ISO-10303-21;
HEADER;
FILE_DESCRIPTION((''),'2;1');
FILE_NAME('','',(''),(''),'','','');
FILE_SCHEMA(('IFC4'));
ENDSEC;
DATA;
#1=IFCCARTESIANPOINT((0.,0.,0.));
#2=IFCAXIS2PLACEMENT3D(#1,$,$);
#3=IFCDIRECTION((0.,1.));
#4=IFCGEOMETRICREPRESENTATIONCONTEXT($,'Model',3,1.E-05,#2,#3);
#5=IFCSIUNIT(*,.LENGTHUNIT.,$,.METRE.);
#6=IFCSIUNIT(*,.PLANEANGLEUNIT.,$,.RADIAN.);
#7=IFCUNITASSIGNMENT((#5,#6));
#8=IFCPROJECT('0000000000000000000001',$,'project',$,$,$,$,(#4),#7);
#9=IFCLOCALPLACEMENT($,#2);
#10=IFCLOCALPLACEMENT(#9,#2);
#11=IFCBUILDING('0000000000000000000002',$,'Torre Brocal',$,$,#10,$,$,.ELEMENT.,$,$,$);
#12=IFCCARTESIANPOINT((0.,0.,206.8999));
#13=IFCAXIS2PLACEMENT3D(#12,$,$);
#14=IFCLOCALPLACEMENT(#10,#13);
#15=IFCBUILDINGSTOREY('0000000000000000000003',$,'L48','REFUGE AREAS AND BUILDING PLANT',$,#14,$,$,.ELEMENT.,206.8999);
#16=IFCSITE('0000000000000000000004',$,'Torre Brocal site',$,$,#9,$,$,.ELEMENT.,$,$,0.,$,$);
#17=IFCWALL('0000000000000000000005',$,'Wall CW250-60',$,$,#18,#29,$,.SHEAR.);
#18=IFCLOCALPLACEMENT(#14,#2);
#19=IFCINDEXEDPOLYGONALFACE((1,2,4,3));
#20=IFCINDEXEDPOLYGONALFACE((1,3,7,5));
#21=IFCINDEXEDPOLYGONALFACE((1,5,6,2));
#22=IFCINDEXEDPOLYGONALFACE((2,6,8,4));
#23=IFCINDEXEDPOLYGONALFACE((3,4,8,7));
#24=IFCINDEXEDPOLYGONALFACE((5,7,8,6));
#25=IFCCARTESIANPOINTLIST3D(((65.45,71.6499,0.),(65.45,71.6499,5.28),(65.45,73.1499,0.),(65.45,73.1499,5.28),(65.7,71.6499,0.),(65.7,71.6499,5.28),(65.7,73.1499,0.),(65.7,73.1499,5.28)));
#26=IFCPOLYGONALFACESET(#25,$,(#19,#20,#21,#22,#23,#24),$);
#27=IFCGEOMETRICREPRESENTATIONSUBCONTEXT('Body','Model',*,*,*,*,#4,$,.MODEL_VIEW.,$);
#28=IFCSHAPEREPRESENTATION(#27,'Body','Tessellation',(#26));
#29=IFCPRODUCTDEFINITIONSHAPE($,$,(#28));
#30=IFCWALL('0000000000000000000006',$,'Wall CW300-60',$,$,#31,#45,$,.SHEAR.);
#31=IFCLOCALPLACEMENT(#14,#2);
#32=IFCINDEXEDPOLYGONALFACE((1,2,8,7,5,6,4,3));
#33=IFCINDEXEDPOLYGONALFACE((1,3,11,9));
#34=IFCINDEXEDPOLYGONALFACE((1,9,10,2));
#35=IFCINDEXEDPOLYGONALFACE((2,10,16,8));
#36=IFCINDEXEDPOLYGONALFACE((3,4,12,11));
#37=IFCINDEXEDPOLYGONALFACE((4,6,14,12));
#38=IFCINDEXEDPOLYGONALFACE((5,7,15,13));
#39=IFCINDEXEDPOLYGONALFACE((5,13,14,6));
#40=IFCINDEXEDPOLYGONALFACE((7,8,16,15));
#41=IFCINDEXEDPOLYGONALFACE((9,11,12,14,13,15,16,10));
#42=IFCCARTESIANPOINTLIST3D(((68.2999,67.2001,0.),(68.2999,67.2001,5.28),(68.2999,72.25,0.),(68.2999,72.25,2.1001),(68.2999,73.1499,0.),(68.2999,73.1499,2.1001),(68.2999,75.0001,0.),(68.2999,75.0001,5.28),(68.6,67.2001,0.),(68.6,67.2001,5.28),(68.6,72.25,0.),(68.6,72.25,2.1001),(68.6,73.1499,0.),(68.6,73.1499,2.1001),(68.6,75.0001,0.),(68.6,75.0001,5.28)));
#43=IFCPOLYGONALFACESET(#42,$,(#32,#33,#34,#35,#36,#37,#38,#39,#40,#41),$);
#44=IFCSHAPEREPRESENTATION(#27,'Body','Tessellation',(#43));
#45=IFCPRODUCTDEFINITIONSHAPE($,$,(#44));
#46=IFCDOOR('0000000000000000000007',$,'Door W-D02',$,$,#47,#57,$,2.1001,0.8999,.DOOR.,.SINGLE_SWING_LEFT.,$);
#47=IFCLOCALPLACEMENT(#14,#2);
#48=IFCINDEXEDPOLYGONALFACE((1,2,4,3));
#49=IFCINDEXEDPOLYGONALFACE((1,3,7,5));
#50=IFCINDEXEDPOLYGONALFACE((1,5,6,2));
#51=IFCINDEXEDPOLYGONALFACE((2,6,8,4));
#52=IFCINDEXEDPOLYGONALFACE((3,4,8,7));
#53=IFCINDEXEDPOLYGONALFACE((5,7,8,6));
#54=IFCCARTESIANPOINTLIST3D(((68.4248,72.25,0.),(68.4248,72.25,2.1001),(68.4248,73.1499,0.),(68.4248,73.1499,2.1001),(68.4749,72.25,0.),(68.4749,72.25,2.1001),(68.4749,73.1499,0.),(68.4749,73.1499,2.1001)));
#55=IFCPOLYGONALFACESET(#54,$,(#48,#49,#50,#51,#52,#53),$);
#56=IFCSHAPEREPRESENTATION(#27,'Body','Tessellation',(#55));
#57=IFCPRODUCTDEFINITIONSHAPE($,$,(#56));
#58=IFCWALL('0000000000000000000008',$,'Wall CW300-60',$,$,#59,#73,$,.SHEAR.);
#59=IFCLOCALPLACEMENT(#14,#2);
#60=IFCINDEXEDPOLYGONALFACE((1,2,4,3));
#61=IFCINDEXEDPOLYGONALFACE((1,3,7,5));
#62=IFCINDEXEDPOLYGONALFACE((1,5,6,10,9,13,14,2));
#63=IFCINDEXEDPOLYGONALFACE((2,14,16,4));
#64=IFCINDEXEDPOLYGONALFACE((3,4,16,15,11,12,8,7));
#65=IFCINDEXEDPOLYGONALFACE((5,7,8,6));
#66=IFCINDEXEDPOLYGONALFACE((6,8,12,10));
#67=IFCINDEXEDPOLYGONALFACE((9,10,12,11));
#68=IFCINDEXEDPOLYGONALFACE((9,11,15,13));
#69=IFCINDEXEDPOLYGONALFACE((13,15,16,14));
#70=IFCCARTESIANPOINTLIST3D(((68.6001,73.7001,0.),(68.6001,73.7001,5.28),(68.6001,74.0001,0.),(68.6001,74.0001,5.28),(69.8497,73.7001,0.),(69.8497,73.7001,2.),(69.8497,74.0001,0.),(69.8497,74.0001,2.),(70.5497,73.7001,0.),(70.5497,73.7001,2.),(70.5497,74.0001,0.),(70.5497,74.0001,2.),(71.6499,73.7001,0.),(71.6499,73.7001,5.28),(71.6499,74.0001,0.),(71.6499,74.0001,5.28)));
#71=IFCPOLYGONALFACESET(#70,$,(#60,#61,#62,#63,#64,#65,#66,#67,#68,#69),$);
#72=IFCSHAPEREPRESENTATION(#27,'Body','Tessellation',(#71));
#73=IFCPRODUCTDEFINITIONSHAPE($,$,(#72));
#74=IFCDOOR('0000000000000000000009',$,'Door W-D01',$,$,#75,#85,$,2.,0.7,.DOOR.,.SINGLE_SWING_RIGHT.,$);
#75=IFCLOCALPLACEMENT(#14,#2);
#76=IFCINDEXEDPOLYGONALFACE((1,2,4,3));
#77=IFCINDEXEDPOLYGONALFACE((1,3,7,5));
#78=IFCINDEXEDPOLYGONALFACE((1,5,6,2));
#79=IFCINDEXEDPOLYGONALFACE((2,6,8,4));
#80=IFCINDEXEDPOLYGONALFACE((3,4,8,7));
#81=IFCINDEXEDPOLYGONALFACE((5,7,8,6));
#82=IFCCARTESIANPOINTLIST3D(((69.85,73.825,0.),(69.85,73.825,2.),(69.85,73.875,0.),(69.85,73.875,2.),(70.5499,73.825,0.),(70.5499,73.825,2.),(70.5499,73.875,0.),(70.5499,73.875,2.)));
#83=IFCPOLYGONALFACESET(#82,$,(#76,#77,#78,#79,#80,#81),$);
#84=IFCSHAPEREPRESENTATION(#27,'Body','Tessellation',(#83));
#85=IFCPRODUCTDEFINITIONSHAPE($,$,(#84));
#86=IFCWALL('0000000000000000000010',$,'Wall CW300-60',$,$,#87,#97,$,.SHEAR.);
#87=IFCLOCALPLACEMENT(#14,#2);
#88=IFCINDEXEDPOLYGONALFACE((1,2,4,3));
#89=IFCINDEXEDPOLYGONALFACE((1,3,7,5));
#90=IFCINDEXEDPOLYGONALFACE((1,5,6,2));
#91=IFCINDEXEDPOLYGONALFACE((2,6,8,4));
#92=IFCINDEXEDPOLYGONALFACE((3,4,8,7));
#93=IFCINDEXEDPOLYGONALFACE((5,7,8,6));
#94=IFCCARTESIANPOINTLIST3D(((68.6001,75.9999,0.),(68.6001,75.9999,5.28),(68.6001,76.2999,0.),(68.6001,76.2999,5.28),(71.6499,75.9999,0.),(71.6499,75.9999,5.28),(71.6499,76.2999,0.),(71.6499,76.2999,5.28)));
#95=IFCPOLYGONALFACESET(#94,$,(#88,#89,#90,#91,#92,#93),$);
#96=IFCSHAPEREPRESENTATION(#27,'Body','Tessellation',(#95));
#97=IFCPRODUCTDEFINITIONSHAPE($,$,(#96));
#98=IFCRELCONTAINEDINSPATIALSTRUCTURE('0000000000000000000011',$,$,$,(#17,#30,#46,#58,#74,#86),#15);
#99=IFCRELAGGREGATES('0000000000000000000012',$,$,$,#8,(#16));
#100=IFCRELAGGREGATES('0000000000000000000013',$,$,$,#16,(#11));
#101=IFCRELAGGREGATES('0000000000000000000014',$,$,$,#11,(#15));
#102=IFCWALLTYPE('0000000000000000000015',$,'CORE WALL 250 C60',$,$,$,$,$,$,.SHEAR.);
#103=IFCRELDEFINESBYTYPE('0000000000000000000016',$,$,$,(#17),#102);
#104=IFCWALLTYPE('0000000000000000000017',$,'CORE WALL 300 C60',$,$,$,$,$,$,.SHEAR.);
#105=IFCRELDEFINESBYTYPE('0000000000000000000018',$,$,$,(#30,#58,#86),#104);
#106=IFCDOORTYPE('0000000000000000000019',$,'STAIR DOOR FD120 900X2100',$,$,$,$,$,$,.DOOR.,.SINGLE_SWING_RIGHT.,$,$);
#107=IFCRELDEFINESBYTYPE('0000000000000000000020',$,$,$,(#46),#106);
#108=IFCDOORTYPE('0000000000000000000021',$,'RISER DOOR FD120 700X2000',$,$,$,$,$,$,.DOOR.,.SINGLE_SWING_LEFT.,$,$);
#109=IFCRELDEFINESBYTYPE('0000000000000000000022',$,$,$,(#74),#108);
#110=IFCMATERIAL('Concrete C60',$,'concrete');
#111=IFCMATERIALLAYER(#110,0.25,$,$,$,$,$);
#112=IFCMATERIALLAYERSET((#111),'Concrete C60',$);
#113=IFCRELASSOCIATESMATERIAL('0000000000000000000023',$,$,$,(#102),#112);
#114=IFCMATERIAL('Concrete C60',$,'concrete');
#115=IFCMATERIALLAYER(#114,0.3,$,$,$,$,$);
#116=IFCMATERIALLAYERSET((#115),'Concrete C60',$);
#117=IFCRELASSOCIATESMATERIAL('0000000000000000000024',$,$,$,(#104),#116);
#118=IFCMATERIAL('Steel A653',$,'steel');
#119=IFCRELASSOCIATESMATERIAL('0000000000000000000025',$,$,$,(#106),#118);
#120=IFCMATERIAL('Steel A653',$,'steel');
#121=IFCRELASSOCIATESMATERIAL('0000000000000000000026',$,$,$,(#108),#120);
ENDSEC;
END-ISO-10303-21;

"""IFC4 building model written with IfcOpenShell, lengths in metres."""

from ifc_helpers import new_model, si_unit, direction, frame, frame_2d, origin, place, context, subcontext, project, spatial, rectangle, extrude, material, layer, layer_set, type_object, element, fill, save


model = new_model("IFC4")

# Units and contexts
model_context = context("Model", 3, precision=1e-05, world=origin(), true_north=direction((0.0, 1.0)))
body_context = subcontext(model_context, "Body", "Model", "MODEL_VIEW")
ifc_project = project(units=[si_unit("LENGTHUNIT", "METRE"), si_unit("PLANEANGLEUNIT", "RADIAN")], contexts=[model_context])

# Site, building, storey
site_placement = place(None, origin())
site = spatial("IfcSite", under=ifc_project, at=site_placement, Name="Torre Brocal site", CompositionType="ELEMENT", RefElevation=0.0)
building_placement = place(site_placement, origin())
building = spatial("IfcBuilding", under=site, at=building_placement, Name="Torre Brocal", CompositionType="ELEMENT")
storey_placement = place(building_placement, frame((0.0, 0.0, 206.8999)))
storey = spatial("IfcBuildingStorey", under=building, at=storey_placement, Name="L48", Description="REFUGE AREAS AND BUILDING PLANT", CompositionType="ELEMENT", Elevation=206.8999)

# Wall
ifc_material_1 = material(Name="Concrete C60", Category="concrete")
ifc_layer_1 = layer(ifc_material_1, 0.25)
ifc_layer_set_1 = layer_set([ifc_layer_1], Name="Concrete C60")
wall_type_1 = type_object("IfcWallType", Name="CORE WALL 250 C60", PredefinedType="SHEAR", material=ifc_layer_set_1)
wall_1_placement = place(storey_placement, frame((65.575, 73.1499, 0.0), z_axis=(0.0, 0.0, 1.0), x_axis=(0.0, -1.0, 0.0)))
element("IfcWall", 1, at=wall_1_placement, inside=storey, type_object=wall_type_1, Name="Wall CW250-60", PredefinedType="SHEAR", context=body_context, shape_type="SweptSolid", body=[
    extrude(rectangle(XDim=1.5, YDim=0.25, at=frame_2d((0.75, 0.0))), origin(), (0.0, 0.0, 1.0), 5.28),
])

# Walls, openings, doors
ifc_material_2 = material(Name="Concrete C60", Category="concrete")
ifc_layer_2 = layer(ifc_material_2, 0.3)
ifc_layer_set_2 = layer_set([ifc_layer_2], Name="Concrete C60")
wall_type_2 = type_object("IfcWallType", Name="CORE WALL 300 C60", PredefinedType="SHEAR", material=ifc_layer_set_2)
wall_2_placement = place(storey_placement, frame((68.45, 75.0, 0.0), z_axis=(0.0, 0.0, 1.0), x_axis=(0.0, -1.0, 0.0)))
wall_2 = element("IfcWall", 2, at=wall_2_placement, inside=storey, type_object=wall_type_2, Name="Wall CW300-60", PredefinedType="SHEAR", context=body_context, shape_type="SweptSolid", body=[
    extrude(rectangle(XDim=7.8, YDim=0.3, at=frame_2d((3.8999, 0.0))), origin(), (0.0, 0.0, 1.0), 5.28),
])
opening_1_placement = place(wall_2_placement, frame((1.8501, 0.0, 0.0)))
opening_1 = element("IfcOpeningElement", 3, at=opening_1_placement, cuts=wall_2, PredefinedType="OPENING", context=body_context, shape_type="SweptSolid", body=[
    extrude(rectangle(XDim=0.8999, YDim=2.1001, at=frame_2d((0.45, 1.05))), frame((0.0, 0.1599, 0.0), z_axis=(0.0, -1.0, 0.0), x_axis=(1.0, 0.0, 0.0)), (0.0, 0.0, 1.0), 0.3201),
])
ifc_material_3 = material(Name="Steel A653", Category="steel")
door_type_1 = type_object("IfcDoorType", Name="STAIR DOOR FD120 900X2100", OperationType="SINGLE_SWING_RIGHT", PredefinedType="DOOR", material=ifc_material_3)
door_1_placement = place(opening_1_placement, origin())
door_1 = element("IfcDoor", 4, at=door_1_placement, inside=storey, type_object=door_type_1, Name="Door W-D02", OperationType="SINGLE_SWING_LEFT", OverallHeight=2.1001, OverallWidth=0.8999, PredefinedType="DOOR", context=body_context, shape_type="SweptSolid", body=[
    extrude(rectangle(XDim=0.8999, YDim=2.1001, at=frame_2d((0.45, 1.05))), frame((0.0, 0.0249, 0.0), z_axis=(0.0, -1.0, 0.0), x_axis=(1.0, 0.0, 0.0)), (0.0, 0.0, 1.0), 0.05),
])
fill(opening_1, door_1)
wall_3_placement = place(storey_placement, frame((71.6499, 73.8501, 0.0), z_axis=(0.0, 0.0, 1.0), x_axis=(-1.0, 0.0, 0.0)))
wall_3 = element("IfcWall", 5, at=wall_3_placement, inside=storey, type_object=wall_type_2, Name="Wall CW300-60", PredefinedType="SHEAR", context=body_context, shape_type="SweptSolid", body=[
    extrude(rectangle(XDim=3.0498, YDim=0.3, at=frame_2d((1.5249, 0.0))), origin(), (0.0, 0.0, 1.0), 5.28),
])
opening_2_placement = place(wall_3_placement, frame((1.1001, 0.0, 0.0)))
opening_2 = element("IfcOpeningElement", 6, at=opening_2_placement, cuts=wall_3, PredefinedType="OPENING", context=body_context, shape_type="SweptSolid", body=[
    extrude(rectangle(XDim=0.7, YDim=2.0, at=frame_2d((0.3501, 1.0))), frame((0.0, 0.1599, 0.0), z_axis=(0.0, -1.0, 0.0), x_axis=(1.0, 0.0, 0.0)), (0.0, 0.0, 1.0), 0.3201),
])
ifc_material_4 = material(Name="Steel A653", Category="steel")
door_type_2 = type_object("IfcDoorType", Name="RISER DOOR FD120 700X2000", OperationType="SINGLE_SWING_LEFT", PredefinedType="DOOR", material=ifc_material_4)
door_2_placement = place(opening_2_placement, frame((0.7, 0.0, 0.0), z_axis=(0.0, 0.0, 1.0), x_axis=(-1.0, 0.0, 0.0)))
door_2 = element("IfcDoor", 7, at=door_2_placement, inside=storey, type_object=door_type_2, Name="Door W-D01", OperationType="SINGLE_SWING_RIGHT", OverallHeight=2.0, OverallWidth=0.7, PredefinedType="DOOR", context=body_context, shape_type="SweptSolid", body=[
    extrude(rectangle(XDim=0.7, YDim=2.0, at=frame_2d((0.3501, 1.0))), frame((0.0, 0.0249, 0.0), z_axis=(0.0, -1.0, 0.0), x_axis=(1.0, 0.0, 0.0)), (0.0, 0.0, 1.0), 0.05),
])
fill(opening_2, door_2)

# Wall
wall_4_placement = place(storey_placement, frame((71.6499, 76.1499, 0.0), z_axis=(0.0, 0.0, 1.0), x_axis=(-1.0, 0.0, 0.0)))
element("IfcWall", 8, at=wall_4_placement, inside=storey, type_object=wall_type_2, Name="Wall CW300-60", PredefinedType="SHEAR", context=body_context, shape_type="SweptSolid", body=[
    extrude(rectangle(XDim=3.0498, YDim=0.3, at=frame_2d((1.5249, 0.0))), origin(), (0.0, 0.0, 1.0), 5.28),
])

save(model, "model.ifc")
